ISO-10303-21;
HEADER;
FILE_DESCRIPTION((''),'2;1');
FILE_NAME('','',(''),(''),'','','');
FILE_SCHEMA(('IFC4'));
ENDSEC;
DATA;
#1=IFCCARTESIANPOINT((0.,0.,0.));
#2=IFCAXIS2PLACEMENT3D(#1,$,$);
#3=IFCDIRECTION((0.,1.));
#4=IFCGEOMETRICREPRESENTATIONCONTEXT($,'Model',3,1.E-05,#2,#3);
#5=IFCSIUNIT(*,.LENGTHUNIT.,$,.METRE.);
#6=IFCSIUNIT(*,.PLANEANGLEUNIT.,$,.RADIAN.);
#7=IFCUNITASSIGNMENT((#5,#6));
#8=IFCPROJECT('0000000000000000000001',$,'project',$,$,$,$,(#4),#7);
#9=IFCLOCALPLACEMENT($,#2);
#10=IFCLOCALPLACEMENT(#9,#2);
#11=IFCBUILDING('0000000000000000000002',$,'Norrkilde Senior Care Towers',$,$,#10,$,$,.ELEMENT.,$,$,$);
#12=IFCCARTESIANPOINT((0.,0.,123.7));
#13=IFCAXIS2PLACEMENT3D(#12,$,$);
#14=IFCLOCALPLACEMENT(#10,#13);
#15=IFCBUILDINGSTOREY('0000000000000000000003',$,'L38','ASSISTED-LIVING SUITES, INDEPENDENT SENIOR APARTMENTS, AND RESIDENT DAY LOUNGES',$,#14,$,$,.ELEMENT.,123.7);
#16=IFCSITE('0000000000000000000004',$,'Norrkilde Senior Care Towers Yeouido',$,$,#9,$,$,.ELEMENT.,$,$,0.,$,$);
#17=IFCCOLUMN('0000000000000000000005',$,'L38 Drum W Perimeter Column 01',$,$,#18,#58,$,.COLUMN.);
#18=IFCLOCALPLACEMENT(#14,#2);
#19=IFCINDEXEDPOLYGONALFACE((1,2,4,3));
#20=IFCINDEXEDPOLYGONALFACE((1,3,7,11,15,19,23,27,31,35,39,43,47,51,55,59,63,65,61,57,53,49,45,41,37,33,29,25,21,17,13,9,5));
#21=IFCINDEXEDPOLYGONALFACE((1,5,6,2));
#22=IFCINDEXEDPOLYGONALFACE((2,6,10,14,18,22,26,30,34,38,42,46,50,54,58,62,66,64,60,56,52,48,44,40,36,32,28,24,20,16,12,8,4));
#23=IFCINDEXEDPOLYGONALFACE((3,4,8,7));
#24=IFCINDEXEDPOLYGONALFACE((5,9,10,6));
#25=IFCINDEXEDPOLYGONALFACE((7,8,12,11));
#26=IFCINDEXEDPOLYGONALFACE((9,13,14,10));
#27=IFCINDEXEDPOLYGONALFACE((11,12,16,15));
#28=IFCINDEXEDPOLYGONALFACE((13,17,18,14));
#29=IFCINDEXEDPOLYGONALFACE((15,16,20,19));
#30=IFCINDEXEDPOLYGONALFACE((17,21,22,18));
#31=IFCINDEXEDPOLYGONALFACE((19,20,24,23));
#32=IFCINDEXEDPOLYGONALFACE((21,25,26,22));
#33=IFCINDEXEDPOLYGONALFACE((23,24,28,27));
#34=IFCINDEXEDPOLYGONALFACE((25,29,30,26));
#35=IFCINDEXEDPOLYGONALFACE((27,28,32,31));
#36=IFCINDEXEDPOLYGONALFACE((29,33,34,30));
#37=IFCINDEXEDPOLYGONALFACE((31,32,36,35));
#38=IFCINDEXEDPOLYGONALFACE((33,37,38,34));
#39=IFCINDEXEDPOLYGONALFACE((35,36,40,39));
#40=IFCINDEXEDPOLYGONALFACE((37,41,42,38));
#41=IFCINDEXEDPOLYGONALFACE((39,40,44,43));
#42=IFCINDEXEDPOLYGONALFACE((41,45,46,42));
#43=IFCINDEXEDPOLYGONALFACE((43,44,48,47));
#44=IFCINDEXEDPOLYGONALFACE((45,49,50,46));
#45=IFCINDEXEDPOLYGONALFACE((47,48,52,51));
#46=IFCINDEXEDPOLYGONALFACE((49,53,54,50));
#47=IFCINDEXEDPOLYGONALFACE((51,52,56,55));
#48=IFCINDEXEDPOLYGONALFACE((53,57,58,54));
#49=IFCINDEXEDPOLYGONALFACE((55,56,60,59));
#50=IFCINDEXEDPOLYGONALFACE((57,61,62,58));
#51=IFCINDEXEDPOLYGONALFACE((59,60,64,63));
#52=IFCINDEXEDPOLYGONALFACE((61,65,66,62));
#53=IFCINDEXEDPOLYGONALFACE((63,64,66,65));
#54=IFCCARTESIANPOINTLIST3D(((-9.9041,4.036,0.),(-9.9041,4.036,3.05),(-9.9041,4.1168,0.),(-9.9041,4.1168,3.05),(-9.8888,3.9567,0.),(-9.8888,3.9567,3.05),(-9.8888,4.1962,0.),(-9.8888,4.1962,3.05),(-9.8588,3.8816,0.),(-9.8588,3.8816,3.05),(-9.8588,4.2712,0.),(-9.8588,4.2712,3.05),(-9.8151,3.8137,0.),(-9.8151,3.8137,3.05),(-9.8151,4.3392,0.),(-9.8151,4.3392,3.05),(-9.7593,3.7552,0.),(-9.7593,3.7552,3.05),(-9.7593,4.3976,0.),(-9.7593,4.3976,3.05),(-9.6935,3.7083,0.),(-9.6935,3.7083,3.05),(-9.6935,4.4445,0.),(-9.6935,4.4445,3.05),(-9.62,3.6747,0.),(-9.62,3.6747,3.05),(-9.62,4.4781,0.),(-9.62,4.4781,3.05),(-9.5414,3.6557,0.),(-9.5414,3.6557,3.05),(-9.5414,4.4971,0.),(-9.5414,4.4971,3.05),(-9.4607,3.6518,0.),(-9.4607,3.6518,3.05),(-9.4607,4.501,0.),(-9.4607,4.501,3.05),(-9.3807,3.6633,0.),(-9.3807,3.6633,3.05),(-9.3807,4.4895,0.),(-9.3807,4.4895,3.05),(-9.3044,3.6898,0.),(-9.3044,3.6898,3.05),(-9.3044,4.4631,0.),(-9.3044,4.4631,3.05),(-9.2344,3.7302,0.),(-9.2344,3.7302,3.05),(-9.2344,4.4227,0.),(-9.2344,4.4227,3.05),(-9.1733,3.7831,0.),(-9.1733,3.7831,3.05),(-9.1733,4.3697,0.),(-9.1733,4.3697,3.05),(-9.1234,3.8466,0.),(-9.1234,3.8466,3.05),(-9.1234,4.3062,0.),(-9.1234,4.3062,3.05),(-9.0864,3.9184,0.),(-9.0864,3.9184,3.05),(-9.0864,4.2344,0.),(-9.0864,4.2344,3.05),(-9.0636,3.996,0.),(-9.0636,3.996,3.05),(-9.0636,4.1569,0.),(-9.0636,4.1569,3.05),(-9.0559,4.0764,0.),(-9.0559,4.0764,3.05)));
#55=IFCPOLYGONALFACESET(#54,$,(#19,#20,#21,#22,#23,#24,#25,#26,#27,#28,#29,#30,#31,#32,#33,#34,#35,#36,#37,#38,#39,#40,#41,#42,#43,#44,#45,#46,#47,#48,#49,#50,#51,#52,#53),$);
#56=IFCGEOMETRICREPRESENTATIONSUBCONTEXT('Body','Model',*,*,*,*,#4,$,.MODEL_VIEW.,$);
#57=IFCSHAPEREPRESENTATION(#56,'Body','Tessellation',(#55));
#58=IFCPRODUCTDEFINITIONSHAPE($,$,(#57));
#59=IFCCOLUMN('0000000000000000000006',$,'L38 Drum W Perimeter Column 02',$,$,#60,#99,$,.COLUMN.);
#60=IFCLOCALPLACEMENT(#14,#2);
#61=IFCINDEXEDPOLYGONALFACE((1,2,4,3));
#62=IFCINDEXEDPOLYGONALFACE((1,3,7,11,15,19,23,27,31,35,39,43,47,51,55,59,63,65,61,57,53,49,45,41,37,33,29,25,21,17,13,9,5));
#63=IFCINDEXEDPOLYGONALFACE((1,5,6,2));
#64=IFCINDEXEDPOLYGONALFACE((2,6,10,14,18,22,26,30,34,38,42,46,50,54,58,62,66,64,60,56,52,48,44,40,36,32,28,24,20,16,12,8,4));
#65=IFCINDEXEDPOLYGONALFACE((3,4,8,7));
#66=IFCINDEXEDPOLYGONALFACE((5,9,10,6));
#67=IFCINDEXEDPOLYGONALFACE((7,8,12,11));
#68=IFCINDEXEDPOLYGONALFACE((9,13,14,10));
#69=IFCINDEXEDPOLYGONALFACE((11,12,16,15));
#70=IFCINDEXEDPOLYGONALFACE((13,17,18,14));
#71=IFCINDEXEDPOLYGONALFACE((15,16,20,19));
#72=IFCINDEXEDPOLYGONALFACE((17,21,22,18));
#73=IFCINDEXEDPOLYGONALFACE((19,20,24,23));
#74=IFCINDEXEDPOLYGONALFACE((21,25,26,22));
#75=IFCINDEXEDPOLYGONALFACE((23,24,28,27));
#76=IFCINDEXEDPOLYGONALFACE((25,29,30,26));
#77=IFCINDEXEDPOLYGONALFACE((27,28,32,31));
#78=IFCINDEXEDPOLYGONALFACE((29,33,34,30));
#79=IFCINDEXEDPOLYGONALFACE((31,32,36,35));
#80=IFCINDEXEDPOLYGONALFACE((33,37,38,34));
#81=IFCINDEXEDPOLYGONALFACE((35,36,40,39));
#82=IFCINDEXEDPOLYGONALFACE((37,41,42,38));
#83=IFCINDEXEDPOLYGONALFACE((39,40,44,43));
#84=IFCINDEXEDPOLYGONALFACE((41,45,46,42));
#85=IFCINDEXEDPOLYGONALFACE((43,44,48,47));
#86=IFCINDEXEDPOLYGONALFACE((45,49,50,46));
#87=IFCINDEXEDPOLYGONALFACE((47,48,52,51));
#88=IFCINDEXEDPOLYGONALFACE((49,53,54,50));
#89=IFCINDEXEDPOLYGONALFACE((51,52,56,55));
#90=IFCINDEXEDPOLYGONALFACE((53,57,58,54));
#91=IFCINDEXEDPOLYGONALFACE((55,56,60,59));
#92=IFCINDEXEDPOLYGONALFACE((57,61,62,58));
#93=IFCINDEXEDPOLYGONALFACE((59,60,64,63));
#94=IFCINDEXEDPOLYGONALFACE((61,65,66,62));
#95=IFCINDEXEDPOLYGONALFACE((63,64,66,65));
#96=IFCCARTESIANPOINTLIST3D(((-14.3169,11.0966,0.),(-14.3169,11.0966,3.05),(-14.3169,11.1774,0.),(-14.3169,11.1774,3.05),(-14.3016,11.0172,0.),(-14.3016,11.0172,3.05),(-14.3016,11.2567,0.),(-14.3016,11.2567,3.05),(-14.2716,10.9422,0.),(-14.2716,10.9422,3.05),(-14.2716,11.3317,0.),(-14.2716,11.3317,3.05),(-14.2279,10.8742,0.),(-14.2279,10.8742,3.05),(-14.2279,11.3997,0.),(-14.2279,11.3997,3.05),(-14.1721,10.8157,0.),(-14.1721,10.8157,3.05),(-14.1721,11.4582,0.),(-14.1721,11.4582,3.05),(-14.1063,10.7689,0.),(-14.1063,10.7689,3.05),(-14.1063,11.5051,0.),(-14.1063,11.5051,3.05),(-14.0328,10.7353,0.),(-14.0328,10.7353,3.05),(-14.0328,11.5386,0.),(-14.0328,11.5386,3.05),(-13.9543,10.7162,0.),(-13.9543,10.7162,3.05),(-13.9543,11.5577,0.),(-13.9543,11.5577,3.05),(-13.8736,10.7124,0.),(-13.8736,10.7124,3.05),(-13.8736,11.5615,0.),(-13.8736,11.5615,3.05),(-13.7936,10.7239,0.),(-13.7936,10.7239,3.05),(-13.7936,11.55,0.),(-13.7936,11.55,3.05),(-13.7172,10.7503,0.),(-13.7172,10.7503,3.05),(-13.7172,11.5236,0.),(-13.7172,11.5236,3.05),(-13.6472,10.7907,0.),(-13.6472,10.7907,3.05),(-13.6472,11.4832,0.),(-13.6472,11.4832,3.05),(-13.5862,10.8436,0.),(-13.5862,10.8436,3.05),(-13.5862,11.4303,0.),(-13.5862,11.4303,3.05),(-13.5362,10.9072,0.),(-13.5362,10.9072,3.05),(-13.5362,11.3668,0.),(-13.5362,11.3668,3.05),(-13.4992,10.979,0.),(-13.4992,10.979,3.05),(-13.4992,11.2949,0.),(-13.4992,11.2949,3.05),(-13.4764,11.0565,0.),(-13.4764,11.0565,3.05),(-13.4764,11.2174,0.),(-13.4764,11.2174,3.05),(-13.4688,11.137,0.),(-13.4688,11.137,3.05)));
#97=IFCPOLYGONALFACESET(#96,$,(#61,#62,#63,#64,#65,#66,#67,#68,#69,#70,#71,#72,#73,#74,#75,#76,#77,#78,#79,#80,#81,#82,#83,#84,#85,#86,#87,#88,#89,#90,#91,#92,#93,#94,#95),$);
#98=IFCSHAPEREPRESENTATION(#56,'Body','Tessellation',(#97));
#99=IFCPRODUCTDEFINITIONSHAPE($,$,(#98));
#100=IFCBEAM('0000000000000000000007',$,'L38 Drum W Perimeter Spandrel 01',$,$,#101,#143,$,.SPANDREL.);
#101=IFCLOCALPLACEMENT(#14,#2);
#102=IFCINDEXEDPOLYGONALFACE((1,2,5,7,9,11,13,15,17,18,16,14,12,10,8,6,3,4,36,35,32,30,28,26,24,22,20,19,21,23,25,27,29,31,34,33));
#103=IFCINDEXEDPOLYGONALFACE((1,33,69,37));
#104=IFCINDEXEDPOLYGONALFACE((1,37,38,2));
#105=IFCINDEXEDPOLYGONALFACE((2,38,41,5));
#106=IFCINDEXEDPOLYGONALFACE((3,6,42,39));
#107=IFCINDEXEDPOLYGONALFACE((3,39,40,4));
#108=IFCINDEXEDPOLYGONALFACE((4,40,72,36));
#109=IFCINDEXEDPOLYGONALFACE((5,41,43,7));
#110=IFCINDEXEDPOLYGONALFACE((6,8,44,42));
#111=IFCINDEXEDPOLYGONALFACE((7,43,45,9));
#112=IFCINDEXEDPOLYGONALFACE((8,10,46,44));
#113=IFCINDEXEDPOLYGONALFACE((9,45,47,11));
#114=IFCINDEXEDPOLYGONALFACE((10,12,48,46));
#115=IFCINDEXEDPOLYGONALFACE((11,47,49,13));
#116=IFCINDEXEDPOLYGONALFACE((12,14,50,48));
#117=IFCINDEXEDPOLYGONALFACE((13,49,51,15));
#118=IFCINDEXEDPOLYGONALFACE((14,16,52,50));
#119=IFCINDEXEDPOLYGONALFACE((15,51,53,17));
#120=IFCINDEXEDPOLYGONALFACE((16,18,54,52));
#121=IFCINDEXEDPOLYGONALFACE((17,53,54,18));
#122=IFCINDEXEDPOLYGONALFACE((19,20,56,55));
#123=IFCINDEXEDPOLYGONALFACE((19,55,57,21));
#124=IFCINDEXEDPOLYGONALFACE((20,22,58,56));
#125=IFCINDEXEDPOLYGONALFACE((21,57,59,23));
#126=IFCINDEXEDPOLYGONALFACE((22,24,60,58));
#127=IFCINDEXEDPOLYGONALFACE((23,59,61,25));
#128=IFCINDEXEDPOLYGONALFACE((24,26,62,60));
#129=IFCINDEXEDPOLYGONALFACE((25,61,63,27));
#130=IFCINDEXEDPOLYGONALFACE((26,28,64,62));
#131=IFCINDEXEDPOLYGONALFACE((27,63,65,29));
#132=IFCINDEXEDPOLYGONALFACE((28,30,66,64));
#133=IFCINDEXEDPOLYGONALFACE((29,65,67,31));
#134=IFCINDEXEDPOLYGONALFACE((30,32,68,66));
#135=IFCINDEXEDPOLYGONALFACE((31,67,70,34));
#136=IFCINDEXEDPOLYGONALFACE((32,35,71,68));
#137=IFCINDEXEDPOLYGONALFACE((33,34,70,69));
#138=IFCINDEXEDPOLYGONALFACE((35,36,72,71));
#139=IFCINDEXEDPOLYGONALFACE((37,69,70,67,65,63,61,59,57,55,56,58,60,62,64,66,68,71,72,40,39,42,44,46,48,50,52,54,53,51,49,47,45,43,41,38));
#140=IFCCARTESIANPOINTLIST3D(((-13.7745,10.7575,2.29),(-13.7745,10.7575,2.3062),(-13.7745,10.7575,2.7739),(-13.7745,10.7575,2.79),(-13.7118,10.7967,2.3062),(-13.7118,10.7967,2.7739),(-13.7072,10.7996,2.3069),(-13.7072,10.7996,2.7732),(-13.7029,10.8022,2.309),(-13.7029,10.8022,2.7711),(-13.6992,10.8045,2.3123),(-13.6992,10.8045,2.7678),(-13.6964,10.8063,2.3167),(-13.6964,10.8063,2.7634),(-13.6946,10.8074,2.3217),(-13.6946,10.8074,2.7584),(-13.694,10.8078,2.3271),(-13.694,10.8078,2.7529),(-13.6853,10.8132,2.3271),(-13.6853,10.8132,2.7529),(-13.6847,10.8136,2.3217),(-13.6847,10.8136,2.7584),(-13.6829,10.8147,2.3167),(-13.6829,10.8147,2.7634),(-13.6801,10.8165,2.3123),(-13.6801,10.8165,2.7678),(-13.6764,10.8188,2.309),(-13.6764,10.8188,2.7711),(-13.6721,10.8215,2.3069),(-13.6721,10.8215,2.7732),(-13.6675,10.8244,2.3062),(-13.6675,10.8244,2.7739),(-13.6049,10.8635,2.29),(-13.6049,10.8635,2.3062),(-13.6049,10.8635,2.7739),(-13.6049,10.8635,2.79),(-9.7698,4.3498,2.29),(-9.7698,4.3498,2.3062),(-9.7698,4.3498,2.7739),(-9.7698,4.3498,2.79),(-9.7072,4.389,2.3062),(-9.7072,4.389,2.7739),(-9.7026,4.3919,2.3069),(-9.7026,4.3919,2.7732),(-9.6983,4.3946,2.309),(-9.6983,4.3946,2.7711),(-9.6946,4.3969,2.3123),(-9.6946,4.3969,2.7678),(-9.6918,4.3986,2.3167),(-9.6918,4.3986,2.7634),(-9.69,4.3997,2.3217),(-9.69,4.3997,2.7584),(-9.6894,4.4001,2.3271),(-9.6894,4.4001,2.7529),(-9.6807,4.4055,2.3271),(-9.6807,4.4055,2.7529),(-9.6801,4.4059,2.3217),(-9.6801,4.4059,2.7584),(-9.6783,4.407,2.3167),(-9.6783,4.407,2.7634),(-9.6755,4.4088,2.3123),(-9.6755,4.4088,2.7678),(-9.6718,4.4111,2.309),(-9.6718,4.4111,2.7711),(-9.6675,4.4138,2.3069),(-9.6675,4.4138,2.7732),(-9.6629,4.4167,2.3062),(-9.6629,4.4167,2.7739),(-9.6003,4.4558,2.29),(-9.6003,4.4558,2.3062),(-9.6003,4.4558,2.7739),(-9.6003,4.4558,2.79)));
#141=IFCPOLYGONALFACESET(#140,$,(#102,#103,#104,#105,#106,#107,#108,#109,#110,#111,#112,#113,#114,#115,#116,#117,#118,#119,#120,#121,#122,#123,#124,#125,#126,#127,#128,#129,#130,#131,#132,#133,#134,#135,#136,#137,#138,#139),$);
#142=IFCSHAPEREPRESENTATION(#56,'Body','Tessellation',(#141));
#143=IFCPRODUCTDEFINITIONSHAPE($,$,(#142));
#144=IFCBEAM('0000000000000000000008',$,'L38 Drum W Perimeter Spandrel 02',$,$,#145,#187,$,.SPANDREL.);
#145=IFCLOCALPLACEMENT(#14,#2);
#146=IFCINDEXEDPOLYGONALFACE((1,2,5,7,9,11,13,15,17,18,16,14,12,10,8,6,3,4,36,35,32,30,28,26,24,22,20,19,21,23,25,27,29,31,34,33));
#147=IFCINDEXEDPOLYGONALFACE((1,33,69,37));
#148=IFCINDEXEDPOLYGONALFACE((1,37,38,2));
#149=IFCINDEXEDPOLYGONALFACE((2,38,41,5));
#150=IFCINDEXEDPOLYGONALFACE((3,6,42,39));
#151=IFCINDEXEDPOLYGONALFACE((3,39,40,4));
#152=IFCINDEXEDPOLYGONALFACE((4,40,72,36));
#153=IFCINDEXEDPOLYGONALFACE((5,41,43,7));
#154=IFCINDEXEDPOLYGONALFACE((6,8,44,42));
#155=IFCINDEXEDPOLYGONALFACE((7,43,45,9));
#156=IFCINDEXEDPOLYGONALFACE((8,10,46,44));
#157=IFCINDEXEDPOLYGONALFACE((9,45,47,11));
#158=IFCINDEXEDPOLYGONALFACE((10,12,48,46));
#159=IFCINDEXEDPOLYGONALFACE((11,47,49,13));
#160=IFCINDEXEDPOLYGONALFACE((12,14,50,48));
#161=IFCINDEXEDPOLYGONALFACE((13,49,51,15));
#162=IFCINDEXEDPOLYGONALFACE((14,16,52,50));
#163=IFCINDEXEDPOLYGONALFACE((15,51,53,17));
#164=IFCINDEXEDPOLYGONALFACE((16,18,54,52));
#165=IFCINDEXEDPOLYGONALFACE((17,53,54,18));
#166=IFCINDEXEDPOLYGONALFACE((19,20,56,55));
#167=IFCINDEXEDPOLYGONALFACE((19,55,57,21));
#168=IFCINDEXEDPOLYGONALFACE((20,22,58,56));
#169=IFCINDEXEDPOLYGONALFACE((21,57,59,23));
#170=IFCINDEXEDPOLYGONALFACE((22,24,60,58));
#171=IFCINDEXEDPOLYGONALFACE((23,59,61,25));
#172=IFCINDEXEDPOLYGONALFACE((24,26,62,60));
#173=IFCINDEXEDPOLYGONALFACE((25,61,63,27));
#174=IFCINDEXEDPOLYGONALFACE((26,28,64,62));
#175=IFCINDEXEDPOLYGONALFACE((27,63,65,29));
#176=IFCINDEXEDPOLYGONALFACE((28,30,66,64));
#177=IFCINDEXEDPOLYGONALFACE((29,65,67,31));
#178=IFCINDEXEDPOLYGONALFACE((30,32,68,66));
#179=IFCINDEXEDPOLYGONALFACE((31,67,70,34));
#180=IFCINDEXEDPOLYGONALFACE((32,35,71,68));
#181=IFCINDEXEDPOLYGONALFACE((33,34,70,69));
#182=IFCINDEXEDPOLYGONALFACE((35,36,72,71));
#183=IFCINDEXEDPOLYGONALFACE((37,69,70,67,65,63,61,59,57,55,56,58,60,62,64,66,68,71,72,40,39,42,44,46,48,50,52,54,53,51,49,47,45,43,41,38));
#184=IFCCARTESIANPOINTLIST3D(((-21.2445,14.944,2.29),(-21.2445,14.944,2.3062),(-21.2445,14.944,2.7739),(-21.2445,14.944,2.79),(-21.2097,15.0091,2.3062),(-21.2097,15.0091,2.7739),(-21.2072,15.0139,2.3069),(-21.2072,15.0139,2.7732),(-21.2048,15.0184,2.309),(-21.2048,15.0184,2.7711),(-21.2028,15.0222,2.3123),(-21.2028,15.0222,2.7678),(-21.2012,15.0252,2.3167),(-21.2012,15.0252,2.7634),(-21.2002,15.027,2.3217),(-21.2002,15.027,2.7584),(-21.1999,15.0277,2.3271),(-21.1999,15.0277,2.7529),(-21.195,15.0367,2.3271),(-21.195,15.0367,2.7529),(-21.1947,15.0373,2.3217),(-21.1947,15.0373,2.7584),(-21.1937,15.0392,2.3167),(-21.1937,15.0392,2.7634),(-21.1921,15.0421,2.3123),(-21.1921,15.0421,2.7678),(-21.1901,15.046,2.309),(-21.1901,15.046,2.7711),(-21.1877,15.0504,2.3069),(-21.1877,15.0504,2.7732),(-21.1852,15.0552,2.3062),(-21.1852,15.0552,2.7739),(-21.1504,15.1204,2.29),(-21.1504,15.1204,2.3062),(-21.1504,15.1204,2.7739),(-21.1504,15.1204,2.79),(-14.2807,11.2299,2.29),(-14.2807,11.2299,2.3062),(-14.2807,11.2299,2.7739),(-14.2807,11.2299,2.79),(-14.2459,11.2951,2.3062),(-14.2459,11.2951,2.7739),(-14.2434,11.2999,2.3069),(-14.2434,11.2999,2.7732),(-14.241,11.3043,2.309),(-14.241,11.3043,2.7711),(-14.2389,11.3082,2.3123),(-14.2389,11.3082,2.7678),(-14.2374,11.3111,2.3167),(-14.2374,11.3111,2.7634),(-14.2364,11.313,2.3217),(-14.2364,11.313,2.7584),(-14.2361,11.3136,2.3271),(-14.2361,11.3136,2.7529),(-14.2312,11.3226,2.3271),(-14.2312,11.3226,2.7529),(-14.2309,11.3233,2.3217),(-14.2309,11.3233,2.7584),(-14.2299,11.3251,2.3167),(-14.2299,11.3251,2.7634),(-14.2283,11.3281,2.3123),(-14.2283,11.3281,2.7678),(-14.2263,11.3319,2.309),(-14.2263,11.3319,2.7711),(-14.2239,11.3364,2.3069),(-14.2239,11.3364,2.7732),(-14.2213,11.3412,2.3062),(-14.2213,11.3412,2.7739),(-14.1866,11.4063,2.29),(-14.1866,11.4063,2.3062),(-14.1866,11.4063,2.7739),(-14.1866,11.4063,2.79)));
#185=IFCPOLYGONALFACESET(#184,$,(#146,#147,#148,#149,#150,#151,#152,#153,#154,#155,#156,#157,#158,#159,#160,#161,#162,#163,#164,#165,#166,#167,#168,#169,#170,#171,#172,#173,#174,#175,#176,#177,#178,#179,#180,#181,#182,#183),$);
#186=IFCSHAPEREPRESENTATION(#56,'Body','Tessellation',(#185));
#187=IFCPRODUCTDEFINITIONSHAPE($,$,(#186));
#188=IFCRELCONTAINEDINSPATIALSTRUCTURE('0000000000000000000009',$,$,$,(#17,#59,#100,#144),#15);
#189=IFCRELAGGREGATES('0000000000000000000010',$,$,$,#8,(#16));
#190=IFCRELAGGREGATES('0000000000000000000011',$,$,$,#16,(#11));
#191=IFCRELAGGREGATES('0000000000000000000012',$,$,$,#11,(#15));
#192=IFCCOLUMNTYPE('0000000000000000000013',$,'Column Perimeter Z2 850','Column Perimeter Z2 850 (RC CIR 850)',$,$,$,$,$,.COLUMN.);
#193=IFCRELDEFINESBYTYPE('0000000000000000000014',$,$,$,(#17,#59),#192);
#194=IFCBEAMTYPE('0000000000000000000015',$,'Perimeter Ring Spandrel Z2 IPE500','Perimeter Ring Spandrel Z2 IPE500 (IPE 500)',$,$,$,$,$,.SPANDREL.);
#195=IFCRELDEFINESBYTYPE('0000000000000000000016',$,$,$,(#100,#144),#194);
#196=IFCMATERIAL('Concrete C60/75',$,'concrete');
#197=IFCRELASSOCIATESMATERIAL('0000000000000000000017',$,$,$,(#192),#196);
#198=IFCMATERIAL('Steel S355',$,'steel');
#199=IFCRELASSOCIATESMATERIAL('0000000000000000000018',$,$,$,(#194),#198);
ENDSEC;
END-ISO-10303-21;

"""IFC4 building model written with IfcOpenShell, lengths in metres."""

from ifc_helpers import new_model, si_unit, direction, frame, origin, origin_2d, place, context, subcontext, project, spatial, circle, i_section, extrude, source, transform, mapped, material, material_profile, profile_set, type_object, type_shapes, element, save


model = new_model("IFC4")

# Units and contexts
model_context = context("Model", 3, precision=1e-05, world=origin(), true_north=direction((0.0, 1.0)))
body_context = subcontext(model_context, "Body", "Model", "MODEL_VIEW")
ifc_project = project(units=[si_unit("LENGTHUNIT", "METRE"), si_unit("PLANEANGLEUNIT", "RADIAN")], contexts=[model_context])

# Site, building, storey
site_placement = place(None, origin())
site = spatial("IfcSite", under=ifc_project, at=site_placement, Name="Norrkilde Senior Care Towers Yeouido", CompositionType="ELEMENT", RefElevation=0.0)
building_placement = place(site_placement, origin())
building = spatial("IfcBuilding", under=site, at=building_placement, Name="Norrkilde Senior Care Towers", CompositionType="ELEMENT")
storey_placement = place(building_placement, frame((0.0, 0.0, 123.7)))
storey = spatial("IfcBuildingStorey", under=building, at=storey_placement, Name="L38", Description="ASSISTED-LIVING SUITES, INDEPENDENT SENIOR APARTMENTS, AND RESIDENT DAY LOUNGES", CompositionType="ELEMENT", Elevation=123.7)

# Columns
ifc_material_1 = material(Name="Concrete C60/75", Category="concrete")
ifc_material_profile_1 = material_profile(ifc_material_1, circle(Radius=0.425, at=origin_2d()), Name="RC CIR 850")
ifc_profile_set_1 = profile_set([ifc_material_profile_1], Name="Concrete C60/75")
column_type = type_object("IfcColumnType", Name="Column Perimeter Z2 850", Description="Column Perimeter Z2 850 (RC CIR 850)", PredefinedType="COLUMN", material=ifc_profile_set_1)
shared_shape_1 = source(origin(), body_context, "Body", "SweptSolid", [
    extrude(circle(Radius=0.425, at=origin_2d()), origin(), (0.0, 0.0, 1.0), 3.05),
])
type_shapes(column_type, [shared_shape_1])
for number, where, z_axis, x_axis, name in (
    (1, (-9.481, 4.0764, 0.0), (0.0, 0.0, 1.0), (1.0, 0.0, 0.0), "L38 Drum W Perimeter Column 01"),
    (2, (-13.8938, 11.137, 0.0), (0.0, 0.0, 1.0), (1.0, 0.0, 0.0), "L38 Drum W Perimeter Column 02"),
):
    element("IfcColumn", number, at=place(storey_placement, frame(where, z_axis=z_axis, x_axis=x_axis)), inside=storey, type_object=column_type, Name=name, PredefinedType="COLUMN", context=body_context, shape_type="MappedRepresentation", body=[
        mapped(shared_shape_1, transform((0.0, 0.0, 0.0), x_axis=(1.0, 0.0, 0.0), y_axis=(0.0, 1.0, 0.0), z_axis=(0.0, 0.0, 1.0), scale=1.0)),
    ])

# Beams
ifc_material_2 = material(Name="Steel S355", Category="steel")
ifc_material_profile_2 = material_profile(ifc_material_2, i_section(OverallWidth=0.2, OverallDepth=0.5, WebThickness=0.0103, FlangeThickness=0.0161, FilletRadius=0.021, at=origin_2d()), Name="IPE 500")
ifc_profile_set_2 = profile_set([ifc_material_profile_2], Name="Steel S355")
beam_type_1 = type_object("IfcBeamType", Name="Perimeter Ring Spandrel Z2 IPE500", Description="Perimeter Ring Spandrel Z2 IPE500 (IPE 500)", PredefinedType="SPANDREL", material=ifc_profile_set_2)
shared_shape_2 = source(origin(), body_context, "Body", "SweptSolid", [
    extrude(i_section(OverallWidth=0.2, OverallDepth=0.5, WebThickness=0.0103, FlangeThickness=0.0161, FilletRadius=0.021, at=origin_2d()), origin(), (0.0, 0.0, 1.0), 7.5562),
])
beam_1_placement = place(storey_placement, frame((-9.6851, 4.4028, 2.54), z_axis=(-0.529982, 0.848009, 0.0), x_axis=(-0.848009, -0.529982, 0.0)))
element("IfcBeam", 3, at=beam_1_placement, inside=storey, type_object=beam_type_1, Name="L38 Drum W Perimeter Spandrel 01", PredefinedType="SPANDREL", context=body_context, shape_type="MappedRepresentation", body=[
    mapped(shared_shape_2, transform((0.0, 0.0, 0.0), x_axis=(1.0, 0.0, 0.0), y_axis=(0.0, 1.0, 0.0), z_axis=(0.0, 0.0, 1.0), scale=1.0)),
])
shared_shape_3 = source(origin(), body_context, "Body", "SweptSolid", [
    extrude(i_section(OverallWidth=0.2, OverallDepth=0.5, WebThickness=0.0103, FlangeThickness=0.0161, FilletRadius=0.021, at=origin_2d()), origin(), (0.0, 0.0, 1.0), 7.8923),
])
type_shapes(beam_type_1, [shared_shape_2, shared_shape_3])
beam_2_placement = place(storey_placement, frame((-14.2336, 11.3181, 2.54), z_axis=(-0.88235, 0.470593, 0.0), x_axis=(-0.470593, -0.88235, 0.0)))
element("IfcBeam", 4, at=beam_2_placement, inside=storey, type_object=beam_type_1, Name="L38 Drum W Perimeter Spandrel 02", PredefinedType="SPANDREL", context=body_context, shape_type="MappedRepresentation", body=[
    mapped(shared_shape_3, transform((0.0, 0.0, 0.0), x_axis=(1.0, 0.0, 0.0), y_axis=(0.0, 1.0, 0.0), z_axis=(0.0, 0.0, 1.0), scale=1.0)),
])

save(model, "model.ifc")
